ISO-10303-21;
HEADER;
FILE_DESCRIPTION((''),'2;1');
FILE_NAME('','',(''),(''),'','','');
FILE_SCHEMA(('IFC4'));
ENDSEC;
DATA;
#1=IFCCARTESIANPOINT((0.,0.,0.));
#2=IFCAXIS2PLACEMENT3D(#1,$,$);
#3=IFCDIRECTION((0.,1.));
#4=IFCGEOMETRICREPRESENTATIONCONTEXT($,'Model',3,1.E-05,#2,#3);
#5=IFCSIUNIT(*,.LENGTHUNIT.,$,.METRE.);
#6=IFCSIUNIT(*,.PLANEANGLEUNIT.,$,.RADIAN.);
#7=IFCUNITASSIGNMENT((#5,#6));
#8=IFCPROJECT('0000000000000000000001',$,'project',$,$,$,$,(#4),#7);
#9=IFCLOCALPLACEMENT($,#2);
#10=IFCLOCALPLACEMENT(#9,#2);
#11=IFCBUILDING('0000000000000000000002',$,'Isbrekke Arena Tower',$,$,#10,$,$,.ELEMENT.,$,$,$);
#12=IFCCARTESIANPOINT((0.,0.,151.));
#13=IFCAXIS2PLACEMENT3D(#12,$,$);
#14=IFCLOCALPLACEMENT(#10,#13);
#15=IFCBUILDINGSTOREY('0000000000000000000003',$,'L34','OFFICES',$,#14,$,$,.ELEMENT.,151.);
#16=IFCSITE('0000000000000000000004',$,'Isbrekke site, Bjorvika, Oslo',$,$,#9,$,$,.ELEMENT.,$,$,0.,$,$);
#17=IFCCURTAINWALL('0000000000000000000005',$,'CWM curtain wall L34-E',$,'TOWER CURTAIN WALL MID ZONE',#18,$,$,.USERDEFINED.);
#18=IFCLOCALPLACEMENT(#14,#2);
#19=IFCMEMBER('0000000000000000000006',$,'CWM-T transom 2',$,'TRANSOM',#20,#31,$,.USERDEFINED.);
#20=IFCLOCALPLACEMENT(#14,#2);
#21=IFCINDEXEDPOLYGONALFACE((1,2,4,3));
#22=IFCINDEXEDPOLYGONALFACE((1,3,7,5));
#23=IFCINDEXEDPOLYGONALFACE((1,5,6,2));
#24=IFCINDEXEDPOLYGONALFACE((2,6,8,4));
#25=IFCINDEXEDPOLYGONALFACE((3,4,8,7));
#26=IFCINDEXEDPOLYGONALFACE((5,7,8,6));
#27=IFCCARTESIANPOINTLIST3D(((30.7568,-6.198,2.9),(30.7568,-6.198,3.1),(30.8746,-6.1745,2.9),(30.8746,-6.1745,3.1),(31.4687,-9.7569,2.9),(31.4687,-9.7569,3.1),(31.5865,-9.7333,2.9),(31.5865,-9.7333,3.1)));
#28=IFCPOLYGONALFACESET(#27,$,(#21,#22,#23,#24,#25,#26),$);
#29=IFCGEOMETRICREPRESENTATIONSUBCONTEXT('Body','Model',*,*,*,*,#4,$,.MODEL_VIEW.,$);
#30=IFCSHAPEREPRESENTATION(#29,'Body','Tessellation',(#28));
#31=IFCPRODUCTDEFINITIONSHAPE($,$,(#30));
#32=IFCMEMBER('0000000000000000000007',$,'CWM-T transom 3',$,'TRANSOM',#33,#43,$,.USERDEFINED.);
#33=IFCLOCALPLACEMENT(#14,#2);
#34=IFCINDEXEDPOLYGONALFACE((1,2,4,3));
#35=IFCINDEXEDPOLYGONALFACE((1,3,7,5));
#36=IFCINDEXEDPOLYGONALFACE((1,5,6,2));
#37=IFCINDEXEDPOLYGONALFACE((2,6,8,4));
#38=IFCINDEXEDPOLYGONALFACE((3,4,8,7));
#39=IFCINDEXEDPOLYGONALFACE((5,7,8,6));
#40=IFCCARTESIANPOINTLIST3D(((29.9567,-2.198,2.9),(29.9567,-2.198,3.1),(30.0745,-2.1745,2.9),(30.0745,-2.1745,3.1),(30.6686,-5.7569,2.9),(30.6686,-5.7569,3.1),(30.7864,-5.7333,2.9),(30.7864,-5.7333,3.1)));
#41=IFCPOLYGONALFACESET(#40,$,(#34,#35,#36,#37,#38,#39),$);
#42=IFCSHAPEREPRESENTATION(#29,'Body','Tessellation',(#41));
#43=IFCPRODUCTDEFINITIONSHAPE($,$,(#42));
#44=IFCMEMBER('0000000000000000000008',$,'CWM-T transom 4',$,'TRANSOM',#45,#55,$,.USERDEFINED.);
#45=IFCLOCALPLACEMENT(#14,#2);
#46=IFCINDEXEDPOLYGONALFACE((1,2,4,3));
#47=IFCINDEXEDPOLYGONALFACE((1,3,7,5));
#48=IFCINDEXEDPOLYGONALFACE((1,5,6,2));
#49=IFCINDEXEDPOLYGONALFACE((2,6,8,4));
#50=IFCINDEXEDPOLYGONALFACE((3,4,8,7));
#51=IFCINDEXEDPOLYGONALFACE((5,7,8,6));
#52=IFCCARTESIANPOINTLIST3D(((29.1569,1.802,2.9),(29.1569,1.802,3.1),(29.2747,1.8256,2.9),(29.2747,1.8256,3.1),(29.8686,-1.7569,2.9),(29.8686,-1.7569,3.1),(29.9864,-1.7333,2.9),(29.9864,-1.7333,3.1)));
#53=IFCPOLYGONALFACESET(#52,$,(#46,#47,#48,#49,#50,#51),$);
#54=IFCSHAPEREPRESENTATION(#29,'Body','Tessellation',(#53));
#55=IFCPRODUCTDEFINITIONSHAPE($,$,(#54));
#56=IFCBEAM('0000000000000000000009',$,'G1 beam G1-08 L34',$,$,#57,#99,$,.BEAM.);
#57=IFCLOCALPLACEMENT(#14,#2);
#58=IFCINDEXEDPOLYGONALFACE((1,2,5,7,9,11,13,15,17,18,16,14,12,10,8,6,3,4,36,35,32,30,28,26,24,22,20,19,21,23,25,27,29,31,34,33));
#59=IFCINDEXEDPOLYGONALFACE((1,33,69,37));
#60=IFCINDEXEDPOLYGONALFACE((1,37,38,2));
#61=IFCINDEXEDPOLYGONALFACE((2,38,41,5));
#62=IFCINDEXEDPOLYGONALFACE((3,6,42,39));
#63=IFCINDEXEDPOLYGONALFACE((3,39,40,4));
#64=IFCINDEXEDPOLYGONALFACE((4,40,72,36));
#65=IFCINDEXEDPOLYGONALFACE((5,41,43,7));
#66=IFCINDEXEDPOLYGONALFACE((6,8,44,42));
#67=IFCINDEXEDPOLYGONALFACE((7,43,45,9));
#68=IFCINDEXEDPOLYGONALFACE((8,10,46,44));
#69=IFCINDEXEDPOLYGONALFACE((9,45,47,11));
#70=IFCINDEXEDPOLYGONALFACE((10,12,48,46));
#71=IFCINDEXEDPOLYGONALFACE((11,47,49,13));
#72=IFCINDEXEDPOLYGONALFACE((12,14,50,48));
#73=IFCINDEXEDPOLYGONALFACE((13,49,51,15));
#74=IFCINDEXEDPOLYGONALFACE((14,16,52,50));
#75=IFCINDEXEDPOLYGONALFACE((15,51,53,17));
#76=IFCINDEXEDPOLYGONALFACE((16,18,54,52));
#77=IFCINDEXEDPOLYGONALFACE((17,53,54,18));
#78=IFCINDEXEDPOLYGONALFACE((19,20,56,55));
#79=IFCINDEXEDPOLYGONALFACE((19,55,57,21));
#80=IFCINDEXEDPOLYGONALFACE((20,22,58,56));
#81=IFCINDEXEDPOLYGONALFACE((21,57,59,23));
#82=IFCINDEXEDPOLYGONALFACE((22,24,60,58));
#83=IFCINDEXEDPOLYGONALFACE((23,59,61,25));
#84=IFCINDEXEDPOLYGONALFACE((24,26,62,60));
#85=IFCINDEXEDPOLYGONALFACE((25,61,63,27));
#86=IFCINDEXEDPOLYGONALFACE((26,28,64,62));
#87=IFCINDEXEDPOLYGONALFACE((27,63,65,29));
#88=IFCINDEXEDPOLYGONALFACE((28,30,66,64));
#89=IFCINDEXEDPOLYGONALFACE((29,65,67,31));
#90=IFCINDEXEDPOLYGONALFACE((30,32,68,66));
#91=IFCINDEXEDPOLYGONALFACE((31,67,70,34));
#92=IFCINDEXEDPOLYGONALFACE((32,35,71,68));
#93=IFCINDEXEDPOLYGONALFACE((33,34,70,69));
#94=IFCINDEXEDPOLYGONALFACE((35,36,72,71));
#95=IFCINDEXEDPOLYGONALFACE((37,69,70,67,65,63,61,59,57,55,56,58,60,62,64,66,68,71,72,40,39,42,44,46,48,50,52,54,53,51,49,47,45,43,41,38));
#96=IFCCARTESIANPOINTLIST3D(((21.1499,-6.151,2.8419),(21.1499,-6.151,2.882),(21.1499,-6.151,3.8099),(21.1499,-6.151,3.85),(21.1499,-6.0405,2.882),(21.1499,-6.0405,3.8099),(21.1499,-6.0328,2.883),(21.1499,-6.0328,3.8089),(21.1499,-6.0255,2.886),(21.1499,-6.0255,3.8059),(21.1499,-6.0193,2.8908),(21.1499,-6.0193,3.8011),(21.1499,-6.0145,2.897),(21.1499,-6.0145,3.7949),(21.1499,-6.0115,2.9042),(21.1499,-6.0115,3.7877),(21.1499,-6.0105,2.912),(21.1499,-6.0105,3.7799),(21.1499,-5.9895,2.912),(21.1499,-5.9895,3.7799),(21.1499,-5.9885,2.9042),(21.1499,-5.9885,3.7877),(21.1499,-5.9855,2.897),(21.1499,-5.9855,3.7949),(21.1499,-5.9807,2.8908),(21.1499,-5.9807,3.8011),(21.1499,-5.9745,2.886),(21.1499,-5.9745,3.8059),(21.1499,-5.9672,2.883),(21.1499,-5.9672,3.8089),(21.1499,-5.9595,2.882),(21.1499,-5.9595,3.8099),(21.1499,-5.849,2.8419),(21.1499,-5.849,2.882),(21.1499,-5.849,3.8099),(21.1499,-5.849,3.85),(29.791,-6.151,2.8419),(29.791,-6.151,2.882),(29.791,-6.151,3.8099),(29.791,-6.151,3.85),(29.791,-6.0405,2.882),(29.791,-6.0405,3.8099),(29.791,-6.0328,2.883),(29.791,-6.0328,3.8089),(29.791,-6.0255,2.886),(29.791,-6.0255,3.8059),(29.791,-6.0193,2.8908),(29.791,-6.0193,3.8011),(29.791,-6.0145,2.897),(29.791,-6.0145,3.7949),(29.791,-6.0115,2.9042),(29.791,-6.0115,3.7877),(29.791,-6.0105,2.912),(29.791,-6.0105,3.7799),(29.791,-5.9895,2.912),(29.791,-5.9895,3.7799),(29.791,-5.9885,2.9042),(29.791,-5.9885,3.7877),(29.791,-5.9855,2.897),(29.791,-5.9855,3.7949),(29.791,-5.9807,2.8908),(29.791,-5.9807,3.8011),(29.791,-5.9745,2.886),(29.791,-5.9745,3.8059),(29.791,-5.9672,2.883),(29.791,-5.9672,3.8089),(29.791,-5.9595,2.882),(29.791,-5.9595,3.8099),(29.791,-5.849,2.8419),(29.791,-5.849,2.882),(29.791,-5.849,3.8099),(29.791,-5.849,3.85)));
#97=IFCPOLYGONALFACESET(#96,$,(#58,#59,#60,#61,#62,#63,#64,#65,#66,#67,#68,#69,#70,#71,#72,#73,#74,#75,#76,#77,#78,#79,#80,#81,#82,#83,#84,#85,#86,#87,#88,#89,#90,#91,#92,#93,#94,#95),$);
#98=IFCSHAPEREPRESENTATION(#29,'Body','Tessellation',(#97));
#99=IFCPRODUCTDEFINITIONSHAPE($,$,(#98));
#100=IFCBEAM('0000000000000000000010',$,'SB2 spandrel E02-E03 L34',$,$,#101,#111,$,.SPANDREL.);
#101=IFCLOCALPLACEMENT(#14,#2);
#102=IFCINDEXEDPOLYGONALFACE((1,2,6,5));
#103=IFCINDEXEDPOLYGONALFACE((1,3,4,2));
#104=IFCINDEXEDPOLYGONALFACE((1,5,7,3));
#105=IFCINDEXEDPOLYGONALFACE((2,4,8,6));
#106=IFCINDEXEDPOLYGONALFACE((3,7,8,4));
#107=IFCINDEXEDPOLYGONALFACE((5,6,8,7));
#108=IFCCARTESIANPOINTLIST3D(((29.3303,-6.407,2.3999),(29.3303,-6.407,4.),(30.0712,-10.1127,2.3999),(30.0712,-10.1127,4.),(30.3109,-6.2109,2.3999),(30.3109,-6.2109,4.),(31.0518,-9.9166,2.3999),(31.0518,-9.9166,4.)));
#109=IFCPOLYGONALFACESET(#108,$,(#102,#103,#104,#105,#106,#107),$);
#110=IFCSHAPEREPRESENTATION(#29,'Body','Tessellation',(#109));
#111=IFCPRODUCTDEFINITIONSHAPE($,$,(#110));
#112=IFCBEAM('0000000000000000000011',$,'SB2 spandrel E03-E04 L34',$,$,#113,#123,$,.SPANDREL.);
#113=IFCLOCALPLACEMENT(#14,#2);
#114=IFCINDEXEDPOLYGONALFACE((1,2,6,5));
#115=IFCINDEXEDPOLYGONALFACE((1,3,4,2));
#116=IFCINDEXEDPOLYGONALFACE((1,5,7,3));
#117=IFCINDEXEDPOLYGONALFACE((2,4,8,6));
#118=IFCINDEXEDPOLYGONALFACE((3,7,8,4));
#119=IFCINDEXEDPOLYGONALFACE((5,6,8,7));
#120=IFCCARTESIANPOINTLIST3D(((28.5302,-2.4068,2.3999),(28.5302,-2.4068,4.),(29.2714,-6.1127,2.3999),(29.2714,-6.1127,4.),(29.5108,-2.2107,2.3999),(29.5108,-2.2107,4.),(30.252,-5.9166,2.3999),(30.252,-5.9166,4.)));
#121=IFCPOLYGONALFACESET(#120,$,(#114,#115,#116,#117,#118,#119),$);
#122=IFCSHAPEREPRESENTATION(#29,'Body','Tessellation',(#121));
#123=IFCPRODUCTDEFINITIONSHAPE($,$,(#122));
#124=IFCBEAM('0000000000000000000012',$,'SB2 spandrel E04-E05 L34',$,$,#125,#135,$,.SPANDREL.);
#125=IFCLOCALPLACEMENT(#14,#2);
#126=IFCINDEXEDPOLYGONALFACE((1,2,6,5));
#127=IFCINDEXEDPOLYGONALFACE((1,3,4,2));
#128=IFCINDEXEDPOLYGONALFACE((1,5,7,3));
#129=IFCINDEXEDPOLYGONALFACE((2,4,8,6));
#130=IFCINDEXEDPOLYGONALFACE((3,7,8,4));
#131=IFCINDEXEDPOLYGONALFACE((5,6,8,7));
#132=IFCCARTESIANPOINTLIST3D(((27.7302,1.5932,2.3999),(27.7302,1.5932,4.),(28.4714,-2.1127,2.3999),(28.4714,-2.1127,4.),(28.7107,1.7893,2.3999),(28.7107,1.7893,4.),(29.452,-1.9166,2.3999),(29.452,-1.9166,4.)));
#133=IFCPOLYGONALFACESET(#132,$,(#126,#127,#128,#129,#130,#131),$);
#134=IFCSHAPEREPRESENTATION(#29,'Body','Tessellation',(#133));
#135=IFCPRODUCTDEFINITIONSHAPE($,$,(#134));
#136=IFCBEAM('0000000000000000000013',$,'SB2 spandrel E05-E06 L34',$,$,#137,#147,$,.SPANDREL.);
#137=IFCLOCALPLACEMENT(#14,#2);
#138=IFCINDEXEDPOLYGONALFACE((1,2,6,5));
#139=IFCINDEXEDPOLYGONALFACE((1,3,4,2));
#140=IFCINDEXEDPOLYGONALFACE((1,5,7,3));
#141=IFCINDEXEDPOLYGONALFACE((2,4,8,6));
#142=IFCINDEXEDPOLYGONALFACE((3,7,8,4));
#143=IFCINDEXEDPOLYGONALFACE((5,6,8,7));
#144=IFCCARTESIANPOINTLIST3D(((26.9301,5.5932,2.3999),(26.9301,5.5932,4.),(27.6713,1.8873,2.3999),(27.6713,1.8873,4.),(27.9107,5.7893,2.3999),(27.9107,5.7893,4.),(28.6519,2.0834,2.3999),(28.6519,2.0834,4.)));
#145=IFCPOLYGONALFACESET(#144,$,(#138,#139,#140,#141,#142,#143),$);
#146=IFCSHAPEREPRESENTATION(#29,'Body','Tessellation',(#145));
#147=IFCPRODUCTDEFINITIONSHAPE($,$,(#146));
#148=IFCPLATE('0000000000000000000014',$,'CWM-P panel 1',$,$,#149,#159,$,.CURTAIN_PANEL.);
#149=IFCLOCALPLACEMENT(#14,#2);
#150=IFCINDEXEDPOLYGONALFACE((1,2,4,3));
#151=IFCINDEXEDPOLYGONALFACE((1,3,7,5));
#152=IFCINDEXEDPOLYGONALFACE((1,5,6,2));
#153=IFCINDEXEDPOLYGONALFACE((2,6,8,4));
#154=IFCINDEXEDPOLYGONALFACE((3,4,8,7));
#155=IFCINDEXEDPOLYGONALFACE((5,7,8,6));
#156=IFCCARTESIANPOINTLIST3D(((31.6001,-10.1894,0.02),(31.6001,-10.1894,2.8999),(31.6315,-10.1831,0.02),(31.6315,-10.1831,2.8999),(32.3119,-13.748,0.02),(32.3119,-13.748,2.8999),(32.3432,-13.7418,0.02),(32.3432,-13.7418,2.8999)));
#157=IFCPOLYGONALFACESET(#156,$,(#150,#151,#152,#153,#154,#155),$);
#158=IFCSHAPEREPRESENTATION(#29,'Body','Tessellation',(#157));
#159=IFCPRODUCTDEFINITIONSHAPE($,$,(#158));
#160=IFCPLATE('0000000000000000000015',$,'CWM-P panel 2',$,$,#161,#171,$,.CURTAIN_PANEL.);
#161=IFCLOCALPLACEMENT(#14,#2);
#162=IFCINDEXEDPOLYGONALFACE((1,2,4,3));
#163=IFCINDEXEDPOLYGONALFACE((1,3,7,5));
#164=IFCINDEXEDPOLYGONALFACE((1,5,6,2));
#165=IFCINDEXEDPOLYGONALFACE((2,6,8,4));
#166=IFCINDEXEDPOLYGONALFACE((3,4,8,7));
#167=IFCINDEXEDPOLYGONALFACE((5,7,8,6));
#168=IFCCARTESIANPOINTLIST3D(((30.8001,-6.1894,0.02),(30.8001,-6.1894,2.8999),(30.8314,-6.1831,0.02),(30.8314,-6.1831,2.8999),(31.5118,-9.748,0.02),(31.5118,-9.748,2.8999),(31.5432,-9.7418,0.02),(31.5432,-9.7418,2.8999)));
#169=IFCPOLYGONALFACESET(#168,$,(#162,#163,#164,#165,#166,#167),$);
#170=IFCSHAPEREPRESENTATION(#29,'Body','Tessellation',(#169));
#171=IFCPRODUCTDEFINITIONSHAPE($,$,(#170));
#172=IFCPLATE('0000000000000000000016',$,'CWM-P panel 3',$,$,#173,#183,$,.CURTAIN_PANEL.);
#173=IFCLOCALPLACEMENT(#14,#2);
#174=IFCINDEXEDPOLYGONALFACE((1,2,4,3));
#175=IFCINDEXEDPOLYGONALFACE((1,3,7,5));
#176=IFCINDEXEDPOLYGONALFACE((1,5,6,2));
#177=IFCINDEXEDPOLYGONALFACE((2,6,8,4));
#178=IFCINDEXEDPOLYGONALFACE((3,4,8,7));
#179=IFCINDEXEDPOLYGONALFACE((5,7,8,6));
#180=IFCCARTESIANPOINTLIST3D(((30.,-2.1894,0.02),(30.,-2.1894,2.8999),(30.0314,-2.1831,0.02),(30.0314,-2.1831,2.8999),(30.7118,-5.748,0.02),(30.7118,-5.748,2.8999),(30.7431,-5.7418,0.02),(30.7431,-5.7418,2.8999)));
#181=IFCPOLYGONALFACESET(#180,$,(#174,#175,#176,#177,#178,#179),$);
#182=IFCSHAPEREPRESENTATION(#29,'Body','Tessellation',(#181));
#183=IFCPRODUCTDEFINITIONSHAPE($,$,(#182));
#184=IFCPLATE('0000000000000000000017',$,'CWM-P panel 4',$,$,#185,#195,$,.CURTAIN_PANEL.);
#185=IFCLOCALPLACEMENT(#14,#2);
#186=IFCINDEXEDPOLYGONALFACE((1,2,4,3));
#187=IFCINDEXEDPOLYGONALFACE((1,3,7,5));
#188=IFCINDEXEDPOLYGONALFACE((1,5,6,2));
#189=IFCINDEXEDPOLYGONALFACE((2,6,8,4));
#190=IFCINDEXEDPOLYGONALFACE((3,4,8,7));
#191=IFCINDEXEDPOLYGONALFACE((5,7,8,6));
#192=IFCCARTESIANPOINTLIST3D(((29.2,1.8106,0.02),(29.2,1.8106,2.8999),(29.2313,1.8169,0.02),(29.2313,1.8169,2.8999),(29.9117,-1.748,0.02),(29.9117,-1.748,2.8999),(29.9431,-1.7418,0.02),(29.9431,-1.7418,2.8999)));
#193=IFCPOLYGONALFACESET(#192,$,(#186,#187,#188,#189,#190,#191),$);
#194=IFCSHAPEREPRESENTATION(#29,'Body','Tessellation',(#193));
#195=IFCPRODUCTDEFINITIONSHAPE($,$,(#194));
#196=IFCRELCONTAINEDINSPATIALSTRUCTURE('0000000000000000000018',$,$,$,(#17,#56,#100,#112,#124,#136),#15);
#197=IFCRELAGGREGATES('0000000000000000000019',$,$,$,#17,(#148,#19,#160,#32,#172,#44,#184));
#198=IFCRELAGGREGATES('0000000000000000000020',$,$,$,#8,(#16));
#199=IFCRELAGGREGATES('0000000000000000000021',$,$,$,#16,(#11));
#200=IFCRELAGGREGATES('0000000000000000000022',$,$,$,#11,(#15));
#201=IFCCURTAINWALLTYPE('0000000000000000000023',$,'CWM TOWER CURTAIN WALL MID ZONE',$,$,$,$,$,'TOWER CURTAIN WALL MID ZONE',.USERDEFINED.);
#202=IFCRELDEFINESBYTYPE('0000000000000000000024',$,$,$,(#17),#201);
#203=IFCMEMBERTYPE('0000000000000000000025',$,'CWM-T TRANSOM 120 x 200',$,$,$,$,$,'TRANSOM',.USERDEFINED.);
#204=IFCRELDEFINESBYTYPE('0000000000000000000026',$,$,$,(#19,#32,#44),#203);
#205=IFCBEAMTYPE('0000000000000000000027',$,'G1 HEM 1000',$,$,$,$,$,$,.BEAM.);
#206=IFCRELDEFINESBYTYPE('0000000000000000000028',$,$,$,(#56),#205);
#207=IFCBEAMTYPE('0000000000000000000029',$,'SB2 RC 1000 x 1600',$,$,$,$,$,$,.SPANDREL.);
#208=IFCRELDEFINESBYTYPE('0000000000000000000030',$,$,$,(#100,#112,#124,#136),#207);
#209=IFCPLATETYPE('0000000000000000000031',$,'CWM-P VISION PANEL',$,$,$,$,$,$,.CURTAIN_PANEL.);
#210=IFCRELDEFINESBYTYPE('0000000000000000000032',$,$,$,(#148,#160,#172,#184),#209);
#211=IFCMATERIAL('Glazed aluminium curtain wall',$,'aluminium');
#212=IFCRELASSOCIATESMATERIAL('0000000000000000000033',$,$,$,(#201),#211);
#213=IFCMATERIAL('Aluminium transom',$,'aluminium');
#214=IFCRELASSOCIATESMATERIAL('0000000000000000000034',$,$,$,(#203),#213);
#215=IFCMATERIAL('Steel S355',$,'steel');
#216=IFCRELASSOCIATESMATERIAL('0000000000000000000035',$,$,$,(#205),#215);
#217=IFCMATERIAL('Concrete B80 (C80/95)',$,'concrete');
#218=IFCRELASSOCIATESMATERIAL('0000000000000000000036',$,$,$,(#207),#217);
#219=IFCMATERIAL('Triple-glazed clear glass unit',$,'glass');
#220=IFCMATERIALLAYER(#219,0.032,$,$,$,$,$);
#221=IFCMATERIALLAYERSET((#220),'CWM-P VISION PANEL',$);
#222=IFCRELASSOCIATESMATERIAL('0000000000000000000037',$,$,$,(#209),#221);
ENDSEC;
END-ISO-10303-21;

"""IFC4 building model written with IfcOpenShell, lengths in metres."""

from ifc_helpers import new_model, si_unit, direction, frame, origin, origin_2d, place, context, subcontext, project, spatial, rectangle, i_section, extrude, material, layer, layer_set, material_profile, profile_set, type_object, element, aggregate, save


model = new_model("IFC4")

# Units and contexts
model_context = context("Model", 3, precision=1e-05, world=origin(), true_north=direction((0.0, 1.0)))
body_context = subcontext(model_context, "Body", "Model", "MODEL_VIEW")
ifc_project = project(units=[si_unit("LENGTHUNIT", "METRE"), si_unit("PLANEANGLEUNIT", "RADIAN")], contexts=[model_context])

# Site, building, storey
site_placement = place(None, origin())
site = spatial("IfcSite", under=ifc_project, at=site_placement, Name="Isbrekke site, Bjorvika, Oslo", CompositionType="ELEMENT", RefElevation=0.0)
building_placement = place(site_placement, origin())
building = spatial("IfcBuilding", under=site, at=building_placement, Name="Isbrekke Arena Tower", CompositionType="ELEMENT")
storey_placement = place(building_placement, frame((0.0, 0.0, 151.0)))
storey = spatial("IfcBuildingStorey", under=building, at=storey_placement, Name="L34", Description="OFFICES", CompositionType="ELEMENT", Elevation=151.0)

# Curtain wall, members
ifc_material_1 = material(Name="Glazed aluminium curtain wall", Category="aluminium")
curtain_wall_type = type_object("IfcCurtainWallType", Name="CWM TOWER CURTAIN WALL MID ZONE", ElementType="TOWER CURTAIN WALL MID ZONE", PredefinedType="USERDEFINED", material=ifc_material_1)
curtain_wall_placement = place(storey_placement, origin())
curtain_wall = element("IfcCurtainWall", 1, at=curtain_wall_placement, inside=storey, type_object=curtain_wall_type, Name="CWM curtain wall L34-E", ObjectType="TOWER CURTAIN WALL MID ZONE", PredefinedType="USERDEFINED")
ifc_material_2 = material(Name="Aluminium transom", Category="aluminium")
ifc_material_profile_1 = material_profile(ifc_material_2, rectangle(XDim=0.1201, YDim=0.2, at=origin_2d()), Name="TRANSOM 120X200")
ifc_profile_set_1 = profile_set([ifc_material_profile_1], Name="Aluminium transom")
member_type_1 = type_object("IfcMemberType", Name="CWM-T TRANSOM 120 x 200", ElementType="TRANSOM", PredefinedType="USERDEFINED", material=ifc_profile_set_1)
member_1_placement = place(storey_placement, frame((31.5276, -9.7451, 3.0), z_axis=(-0.196155, 0.980573, 0.0), x_axis=(-0.980573, -0.196155, 0.0)))
member_1 = element("IfcMember", 2, at=member_1_placement, type_object=member_type_1, Name="CWM-T transom 2", ObjectType="TRANSOM", PredefinedType="USERDEFINED", context=body_context, shape_type="SweptSolid", body=[
    extrude(rectangle(XDim=0.1201, YDim=0.2, at=origin_2d()), origin(), (0.0, 0.0, 1.0), 3.6294),
])
member_2_placement = place(storey_placement, frame((30.7275, -5.7451, 3.0), z_axis=(-0.196155, 0.980573, 0.0), x_axis=(-0.980573, -0.196155, 0.0)))
member_2 = element("IfcMember", 3, at=member_2_placement, type_object=member_type_1, Name="CWM-T transom 3", ObjectType="TRANSOM", PredefinedType="USERDEFINED", context=body_context, shape_type="SweptSolid", body=[
    extrude(rectangle(XDim=0.1201, YDim=0.2, at=origin_2d()), origin(), (0.0, 0.0, 1.0), 3.6294),
])
member_3_placement = place(storey_placement, frame((29.9275, -1.7451, 3.0), z_axis=(-0.19609, 0.980586, 0.0), x_axis=(-0.980586, -0.19609, 0.0)))
member_3 = element("IfcMember", 4, at=member_3_placement, type_object=member_type_1, Name="CWM-T transom 4", ObjectType="TRANSOM", PredefinedType="USERDEFINED", context=body_context, shape_type="SweptSolid", body=[
    extrude(rectangle(XDim=0.1201, YDim=0.2, at=origin_2d()), origin(), (0.0, 0.0, 1.0), 3.6294),
])

# Beams
ifc_material_3 = material(Name="Steel S355", Category="steel")
ifc_material_profile_2 = material_profile(ifc_material_3, i_section(OverallWidth=0.302, OverallDepth=1.0081, WebThickness=0.021, FlangeThickness=0.04, FilletRadius=0.03, at=origin_2d()), Name="HEM 1000")
ifc_profile_set_2 = profile_set([ifc_material_profile_2], Name="Steel S355")
beam_type_1 = type_object("IfcBeamType", Name="G1 HEM 1000", PredefinedType="BEAM", material=ifc_profile_set_2)
beam_1_placement = place(storey_placement, frame((21.1499, -6.0, 3.3459), z_axis=(1.0, 0.0, 0.0), x_axis=(0.0, 1.0, 0.0)))
element("IfcBeam", 5, at=beam_1_placement, inside=storey, type_object=beam_type_1, Name="G1 beam G1-08 L34", PredefinedType="BEAM", context=body_context, shape_type="SweptSolid", body=[
    extrude(i_section(OverallWidth=0.302, OverallDepth=1.0081, WebThickness=0.021, FlangeThickness=0.04, FilletRadius=0.03, at=origin_2d()), origin(), (0.0, 0.0, 1.0), 8.6411),
])
ifc_material_4 = material(Name="Concrete B80 (C80/95)", Category="concrete")
ifc_material_profile_3 = material_profile(ifc_material_4, rectangle(XDim=1.0, YDim=1.6001, at=origin_2d()), Name="RC 1000x1600")
ifc_profile_set_3 = profile_set([ifc_material_profile_3], Name="Concrete B80 (C80/95)")
beam_type_2 = type_object("IfcBeamType", Name="SB2 RC 1000 x 1600", PredefinedType="SPANDREL", material=ifc_profile_set_3)
beam_2_placement = place(storey_placement, frame((30.5615, -10.0146, 3.2), z_axis=(-0.196066, 0.980591, 0.0), x_axis=(-0.980591, -0.196066, 0.0)))
element("IfcBeam", 6, at=beam_2_placement, inside=storey, type_object=beam_type_2, Name="SB2 spandrel E02-E03 L34", PredefinedType="SPANDREL", context=body_context, shape_type="SweptSolid", body=[
    extrude(rectangle(XDim=1.0, YDim=1.6001, at=origin_2d()), origin(), (0.0, 0.0, 1.0), 3.7791),
])
for number, where, z_axis, x_axis, name in (
    (7, (29.7617, -6.0146, 3.2), (-0.196129, 0.980578, 0.0), (-0.980578, -0.196129, 0.0), "SB2 spandrel E03-E04 L34"),
    (8, (28.9617, -2.0146, 3.2), (-0.196129, 0.980578, 0.0), (-0.980578, -0.196129, 0.0), "SB2 spandrel E04-E05 L34"),
    (9, (28.1616, 1.9854, 3.2), (-0.196129, 0.980578, 0.0), (-0.980578, -0.196129, 0.0), "SB2 spandrel E05-E06 L34"),
):
    element("IfcBeam", number, at=place(storey_placement, frame(where, z_axis=z_axis, x_axis=x_axis)), inside=storey, type_object=beam_type_2, Name=name, PredefinedType="SPANDREL", context=body_context, shape_type="SweptSolid", body=[
        extrude(rectangle(XDim=1.0, YDim=1.6001, at=origin_2d()), origin(), (0.0, 0.0, 1.0), 3.7793),
    ])

# Plates
ifc_material_5 = material(Name="Triple-glazed clear glass unit", Category="glass")
ifc_layer_1 = layer(ifc_material_5, 0.032)
ifc_layer_set_1 = layer_set([ifc_layer_1], Name="CWM-P VISION PANEL")
plate_type = type_object("IfcPlateType", Name="CWM-P VISION PANEL", PredefinedType="CURTAIN_PANEL", material=ifc_layer_set_1)
plate_1_placement = place(storey_placement, frame((31.9717, -11.9656, 0.02), z_axis=(0.0, 0.0, 1.0), x_axis=(-0.196116, 0.980581, 0.0)))
plate_1 = element("IfcPlate", 10, at=plate_1_placement, type_object=plate_type, Name="CWM-P panel 1", PredefinedType="CURTAIN_PANEL", context=body_context, shape_type="SweptSolid", body=[
    extrude(rectangle(XDim=3.6292, YDim=0.032, at=origin_2d()), origin(), (0.0, 0.0, 1.0), 2.8799),
])
plate_2_placement = place(storey_placement, frame((31.1716, -7.9656, 0.02), z_axis=(0.0, 0.0, 1.0), x_axis=(-0.196116, 0.980581, 0.0)))
plate_2 = element("IfcPlate", 11, at=plate_2_placement, type_object=plate_type, Name="CWM-P panel 2", PredefinedType="CURTAIN_PANEL", context=body_context, shape_type="SweptSolid", body=[
    extrude(rectangle(XDim=3.6292, YDim=0.032, at=origin_2d()), origin(), (0.0, 0.0, 1.0), 2.8799),
])
plate_3_placement = place(storey_placement, frame((30.3716, -3.9656, 0.02), z_axis=(0.0, 0.0, 1.0), x_axis=(-0.196116, 0.980581, 0.0)))
plate_3 = element("IfcPlate", 12, at=plate_3_placement, type_object=plate_type, Name="CWM-P panel 3", PredefinedType="CURTAIN_PANEL", context=body_context, shape_type="SweptSolid", body=[
    extrude(rectangle(XDim=3.6292, YDim=0.032, at=origin_2d()), origin(), (0.0, 0.0, 1.0), 2.8799),
])
plate_4_placement = place(storey_placement, frame((29.5715, 0.0344, 0.02), z_axis=(0.0, 0.0, 1.0), x_axis=(-0.196116, 0.980581, 0.0)))
plate_4 = element("IfcPlate", 13, at=plate_4_placement, type_object=plate_type, Name="CWM-P panel 4", PredefinedType="CURTAIN_PANEL", context=body_context, shape_type="SweptSolid", body=[
    extrude(rectangle(XDim=3.6292, YDim=0.032, at=origin_2d()), origin(), (0.0, 0.0, 1.0), 2.8799),
])
aggregate(curtain_wall, [plate_1, member_1, plate_2, member_2, plate_3, member_3, plate_4])

save(model, "model.ifc")
